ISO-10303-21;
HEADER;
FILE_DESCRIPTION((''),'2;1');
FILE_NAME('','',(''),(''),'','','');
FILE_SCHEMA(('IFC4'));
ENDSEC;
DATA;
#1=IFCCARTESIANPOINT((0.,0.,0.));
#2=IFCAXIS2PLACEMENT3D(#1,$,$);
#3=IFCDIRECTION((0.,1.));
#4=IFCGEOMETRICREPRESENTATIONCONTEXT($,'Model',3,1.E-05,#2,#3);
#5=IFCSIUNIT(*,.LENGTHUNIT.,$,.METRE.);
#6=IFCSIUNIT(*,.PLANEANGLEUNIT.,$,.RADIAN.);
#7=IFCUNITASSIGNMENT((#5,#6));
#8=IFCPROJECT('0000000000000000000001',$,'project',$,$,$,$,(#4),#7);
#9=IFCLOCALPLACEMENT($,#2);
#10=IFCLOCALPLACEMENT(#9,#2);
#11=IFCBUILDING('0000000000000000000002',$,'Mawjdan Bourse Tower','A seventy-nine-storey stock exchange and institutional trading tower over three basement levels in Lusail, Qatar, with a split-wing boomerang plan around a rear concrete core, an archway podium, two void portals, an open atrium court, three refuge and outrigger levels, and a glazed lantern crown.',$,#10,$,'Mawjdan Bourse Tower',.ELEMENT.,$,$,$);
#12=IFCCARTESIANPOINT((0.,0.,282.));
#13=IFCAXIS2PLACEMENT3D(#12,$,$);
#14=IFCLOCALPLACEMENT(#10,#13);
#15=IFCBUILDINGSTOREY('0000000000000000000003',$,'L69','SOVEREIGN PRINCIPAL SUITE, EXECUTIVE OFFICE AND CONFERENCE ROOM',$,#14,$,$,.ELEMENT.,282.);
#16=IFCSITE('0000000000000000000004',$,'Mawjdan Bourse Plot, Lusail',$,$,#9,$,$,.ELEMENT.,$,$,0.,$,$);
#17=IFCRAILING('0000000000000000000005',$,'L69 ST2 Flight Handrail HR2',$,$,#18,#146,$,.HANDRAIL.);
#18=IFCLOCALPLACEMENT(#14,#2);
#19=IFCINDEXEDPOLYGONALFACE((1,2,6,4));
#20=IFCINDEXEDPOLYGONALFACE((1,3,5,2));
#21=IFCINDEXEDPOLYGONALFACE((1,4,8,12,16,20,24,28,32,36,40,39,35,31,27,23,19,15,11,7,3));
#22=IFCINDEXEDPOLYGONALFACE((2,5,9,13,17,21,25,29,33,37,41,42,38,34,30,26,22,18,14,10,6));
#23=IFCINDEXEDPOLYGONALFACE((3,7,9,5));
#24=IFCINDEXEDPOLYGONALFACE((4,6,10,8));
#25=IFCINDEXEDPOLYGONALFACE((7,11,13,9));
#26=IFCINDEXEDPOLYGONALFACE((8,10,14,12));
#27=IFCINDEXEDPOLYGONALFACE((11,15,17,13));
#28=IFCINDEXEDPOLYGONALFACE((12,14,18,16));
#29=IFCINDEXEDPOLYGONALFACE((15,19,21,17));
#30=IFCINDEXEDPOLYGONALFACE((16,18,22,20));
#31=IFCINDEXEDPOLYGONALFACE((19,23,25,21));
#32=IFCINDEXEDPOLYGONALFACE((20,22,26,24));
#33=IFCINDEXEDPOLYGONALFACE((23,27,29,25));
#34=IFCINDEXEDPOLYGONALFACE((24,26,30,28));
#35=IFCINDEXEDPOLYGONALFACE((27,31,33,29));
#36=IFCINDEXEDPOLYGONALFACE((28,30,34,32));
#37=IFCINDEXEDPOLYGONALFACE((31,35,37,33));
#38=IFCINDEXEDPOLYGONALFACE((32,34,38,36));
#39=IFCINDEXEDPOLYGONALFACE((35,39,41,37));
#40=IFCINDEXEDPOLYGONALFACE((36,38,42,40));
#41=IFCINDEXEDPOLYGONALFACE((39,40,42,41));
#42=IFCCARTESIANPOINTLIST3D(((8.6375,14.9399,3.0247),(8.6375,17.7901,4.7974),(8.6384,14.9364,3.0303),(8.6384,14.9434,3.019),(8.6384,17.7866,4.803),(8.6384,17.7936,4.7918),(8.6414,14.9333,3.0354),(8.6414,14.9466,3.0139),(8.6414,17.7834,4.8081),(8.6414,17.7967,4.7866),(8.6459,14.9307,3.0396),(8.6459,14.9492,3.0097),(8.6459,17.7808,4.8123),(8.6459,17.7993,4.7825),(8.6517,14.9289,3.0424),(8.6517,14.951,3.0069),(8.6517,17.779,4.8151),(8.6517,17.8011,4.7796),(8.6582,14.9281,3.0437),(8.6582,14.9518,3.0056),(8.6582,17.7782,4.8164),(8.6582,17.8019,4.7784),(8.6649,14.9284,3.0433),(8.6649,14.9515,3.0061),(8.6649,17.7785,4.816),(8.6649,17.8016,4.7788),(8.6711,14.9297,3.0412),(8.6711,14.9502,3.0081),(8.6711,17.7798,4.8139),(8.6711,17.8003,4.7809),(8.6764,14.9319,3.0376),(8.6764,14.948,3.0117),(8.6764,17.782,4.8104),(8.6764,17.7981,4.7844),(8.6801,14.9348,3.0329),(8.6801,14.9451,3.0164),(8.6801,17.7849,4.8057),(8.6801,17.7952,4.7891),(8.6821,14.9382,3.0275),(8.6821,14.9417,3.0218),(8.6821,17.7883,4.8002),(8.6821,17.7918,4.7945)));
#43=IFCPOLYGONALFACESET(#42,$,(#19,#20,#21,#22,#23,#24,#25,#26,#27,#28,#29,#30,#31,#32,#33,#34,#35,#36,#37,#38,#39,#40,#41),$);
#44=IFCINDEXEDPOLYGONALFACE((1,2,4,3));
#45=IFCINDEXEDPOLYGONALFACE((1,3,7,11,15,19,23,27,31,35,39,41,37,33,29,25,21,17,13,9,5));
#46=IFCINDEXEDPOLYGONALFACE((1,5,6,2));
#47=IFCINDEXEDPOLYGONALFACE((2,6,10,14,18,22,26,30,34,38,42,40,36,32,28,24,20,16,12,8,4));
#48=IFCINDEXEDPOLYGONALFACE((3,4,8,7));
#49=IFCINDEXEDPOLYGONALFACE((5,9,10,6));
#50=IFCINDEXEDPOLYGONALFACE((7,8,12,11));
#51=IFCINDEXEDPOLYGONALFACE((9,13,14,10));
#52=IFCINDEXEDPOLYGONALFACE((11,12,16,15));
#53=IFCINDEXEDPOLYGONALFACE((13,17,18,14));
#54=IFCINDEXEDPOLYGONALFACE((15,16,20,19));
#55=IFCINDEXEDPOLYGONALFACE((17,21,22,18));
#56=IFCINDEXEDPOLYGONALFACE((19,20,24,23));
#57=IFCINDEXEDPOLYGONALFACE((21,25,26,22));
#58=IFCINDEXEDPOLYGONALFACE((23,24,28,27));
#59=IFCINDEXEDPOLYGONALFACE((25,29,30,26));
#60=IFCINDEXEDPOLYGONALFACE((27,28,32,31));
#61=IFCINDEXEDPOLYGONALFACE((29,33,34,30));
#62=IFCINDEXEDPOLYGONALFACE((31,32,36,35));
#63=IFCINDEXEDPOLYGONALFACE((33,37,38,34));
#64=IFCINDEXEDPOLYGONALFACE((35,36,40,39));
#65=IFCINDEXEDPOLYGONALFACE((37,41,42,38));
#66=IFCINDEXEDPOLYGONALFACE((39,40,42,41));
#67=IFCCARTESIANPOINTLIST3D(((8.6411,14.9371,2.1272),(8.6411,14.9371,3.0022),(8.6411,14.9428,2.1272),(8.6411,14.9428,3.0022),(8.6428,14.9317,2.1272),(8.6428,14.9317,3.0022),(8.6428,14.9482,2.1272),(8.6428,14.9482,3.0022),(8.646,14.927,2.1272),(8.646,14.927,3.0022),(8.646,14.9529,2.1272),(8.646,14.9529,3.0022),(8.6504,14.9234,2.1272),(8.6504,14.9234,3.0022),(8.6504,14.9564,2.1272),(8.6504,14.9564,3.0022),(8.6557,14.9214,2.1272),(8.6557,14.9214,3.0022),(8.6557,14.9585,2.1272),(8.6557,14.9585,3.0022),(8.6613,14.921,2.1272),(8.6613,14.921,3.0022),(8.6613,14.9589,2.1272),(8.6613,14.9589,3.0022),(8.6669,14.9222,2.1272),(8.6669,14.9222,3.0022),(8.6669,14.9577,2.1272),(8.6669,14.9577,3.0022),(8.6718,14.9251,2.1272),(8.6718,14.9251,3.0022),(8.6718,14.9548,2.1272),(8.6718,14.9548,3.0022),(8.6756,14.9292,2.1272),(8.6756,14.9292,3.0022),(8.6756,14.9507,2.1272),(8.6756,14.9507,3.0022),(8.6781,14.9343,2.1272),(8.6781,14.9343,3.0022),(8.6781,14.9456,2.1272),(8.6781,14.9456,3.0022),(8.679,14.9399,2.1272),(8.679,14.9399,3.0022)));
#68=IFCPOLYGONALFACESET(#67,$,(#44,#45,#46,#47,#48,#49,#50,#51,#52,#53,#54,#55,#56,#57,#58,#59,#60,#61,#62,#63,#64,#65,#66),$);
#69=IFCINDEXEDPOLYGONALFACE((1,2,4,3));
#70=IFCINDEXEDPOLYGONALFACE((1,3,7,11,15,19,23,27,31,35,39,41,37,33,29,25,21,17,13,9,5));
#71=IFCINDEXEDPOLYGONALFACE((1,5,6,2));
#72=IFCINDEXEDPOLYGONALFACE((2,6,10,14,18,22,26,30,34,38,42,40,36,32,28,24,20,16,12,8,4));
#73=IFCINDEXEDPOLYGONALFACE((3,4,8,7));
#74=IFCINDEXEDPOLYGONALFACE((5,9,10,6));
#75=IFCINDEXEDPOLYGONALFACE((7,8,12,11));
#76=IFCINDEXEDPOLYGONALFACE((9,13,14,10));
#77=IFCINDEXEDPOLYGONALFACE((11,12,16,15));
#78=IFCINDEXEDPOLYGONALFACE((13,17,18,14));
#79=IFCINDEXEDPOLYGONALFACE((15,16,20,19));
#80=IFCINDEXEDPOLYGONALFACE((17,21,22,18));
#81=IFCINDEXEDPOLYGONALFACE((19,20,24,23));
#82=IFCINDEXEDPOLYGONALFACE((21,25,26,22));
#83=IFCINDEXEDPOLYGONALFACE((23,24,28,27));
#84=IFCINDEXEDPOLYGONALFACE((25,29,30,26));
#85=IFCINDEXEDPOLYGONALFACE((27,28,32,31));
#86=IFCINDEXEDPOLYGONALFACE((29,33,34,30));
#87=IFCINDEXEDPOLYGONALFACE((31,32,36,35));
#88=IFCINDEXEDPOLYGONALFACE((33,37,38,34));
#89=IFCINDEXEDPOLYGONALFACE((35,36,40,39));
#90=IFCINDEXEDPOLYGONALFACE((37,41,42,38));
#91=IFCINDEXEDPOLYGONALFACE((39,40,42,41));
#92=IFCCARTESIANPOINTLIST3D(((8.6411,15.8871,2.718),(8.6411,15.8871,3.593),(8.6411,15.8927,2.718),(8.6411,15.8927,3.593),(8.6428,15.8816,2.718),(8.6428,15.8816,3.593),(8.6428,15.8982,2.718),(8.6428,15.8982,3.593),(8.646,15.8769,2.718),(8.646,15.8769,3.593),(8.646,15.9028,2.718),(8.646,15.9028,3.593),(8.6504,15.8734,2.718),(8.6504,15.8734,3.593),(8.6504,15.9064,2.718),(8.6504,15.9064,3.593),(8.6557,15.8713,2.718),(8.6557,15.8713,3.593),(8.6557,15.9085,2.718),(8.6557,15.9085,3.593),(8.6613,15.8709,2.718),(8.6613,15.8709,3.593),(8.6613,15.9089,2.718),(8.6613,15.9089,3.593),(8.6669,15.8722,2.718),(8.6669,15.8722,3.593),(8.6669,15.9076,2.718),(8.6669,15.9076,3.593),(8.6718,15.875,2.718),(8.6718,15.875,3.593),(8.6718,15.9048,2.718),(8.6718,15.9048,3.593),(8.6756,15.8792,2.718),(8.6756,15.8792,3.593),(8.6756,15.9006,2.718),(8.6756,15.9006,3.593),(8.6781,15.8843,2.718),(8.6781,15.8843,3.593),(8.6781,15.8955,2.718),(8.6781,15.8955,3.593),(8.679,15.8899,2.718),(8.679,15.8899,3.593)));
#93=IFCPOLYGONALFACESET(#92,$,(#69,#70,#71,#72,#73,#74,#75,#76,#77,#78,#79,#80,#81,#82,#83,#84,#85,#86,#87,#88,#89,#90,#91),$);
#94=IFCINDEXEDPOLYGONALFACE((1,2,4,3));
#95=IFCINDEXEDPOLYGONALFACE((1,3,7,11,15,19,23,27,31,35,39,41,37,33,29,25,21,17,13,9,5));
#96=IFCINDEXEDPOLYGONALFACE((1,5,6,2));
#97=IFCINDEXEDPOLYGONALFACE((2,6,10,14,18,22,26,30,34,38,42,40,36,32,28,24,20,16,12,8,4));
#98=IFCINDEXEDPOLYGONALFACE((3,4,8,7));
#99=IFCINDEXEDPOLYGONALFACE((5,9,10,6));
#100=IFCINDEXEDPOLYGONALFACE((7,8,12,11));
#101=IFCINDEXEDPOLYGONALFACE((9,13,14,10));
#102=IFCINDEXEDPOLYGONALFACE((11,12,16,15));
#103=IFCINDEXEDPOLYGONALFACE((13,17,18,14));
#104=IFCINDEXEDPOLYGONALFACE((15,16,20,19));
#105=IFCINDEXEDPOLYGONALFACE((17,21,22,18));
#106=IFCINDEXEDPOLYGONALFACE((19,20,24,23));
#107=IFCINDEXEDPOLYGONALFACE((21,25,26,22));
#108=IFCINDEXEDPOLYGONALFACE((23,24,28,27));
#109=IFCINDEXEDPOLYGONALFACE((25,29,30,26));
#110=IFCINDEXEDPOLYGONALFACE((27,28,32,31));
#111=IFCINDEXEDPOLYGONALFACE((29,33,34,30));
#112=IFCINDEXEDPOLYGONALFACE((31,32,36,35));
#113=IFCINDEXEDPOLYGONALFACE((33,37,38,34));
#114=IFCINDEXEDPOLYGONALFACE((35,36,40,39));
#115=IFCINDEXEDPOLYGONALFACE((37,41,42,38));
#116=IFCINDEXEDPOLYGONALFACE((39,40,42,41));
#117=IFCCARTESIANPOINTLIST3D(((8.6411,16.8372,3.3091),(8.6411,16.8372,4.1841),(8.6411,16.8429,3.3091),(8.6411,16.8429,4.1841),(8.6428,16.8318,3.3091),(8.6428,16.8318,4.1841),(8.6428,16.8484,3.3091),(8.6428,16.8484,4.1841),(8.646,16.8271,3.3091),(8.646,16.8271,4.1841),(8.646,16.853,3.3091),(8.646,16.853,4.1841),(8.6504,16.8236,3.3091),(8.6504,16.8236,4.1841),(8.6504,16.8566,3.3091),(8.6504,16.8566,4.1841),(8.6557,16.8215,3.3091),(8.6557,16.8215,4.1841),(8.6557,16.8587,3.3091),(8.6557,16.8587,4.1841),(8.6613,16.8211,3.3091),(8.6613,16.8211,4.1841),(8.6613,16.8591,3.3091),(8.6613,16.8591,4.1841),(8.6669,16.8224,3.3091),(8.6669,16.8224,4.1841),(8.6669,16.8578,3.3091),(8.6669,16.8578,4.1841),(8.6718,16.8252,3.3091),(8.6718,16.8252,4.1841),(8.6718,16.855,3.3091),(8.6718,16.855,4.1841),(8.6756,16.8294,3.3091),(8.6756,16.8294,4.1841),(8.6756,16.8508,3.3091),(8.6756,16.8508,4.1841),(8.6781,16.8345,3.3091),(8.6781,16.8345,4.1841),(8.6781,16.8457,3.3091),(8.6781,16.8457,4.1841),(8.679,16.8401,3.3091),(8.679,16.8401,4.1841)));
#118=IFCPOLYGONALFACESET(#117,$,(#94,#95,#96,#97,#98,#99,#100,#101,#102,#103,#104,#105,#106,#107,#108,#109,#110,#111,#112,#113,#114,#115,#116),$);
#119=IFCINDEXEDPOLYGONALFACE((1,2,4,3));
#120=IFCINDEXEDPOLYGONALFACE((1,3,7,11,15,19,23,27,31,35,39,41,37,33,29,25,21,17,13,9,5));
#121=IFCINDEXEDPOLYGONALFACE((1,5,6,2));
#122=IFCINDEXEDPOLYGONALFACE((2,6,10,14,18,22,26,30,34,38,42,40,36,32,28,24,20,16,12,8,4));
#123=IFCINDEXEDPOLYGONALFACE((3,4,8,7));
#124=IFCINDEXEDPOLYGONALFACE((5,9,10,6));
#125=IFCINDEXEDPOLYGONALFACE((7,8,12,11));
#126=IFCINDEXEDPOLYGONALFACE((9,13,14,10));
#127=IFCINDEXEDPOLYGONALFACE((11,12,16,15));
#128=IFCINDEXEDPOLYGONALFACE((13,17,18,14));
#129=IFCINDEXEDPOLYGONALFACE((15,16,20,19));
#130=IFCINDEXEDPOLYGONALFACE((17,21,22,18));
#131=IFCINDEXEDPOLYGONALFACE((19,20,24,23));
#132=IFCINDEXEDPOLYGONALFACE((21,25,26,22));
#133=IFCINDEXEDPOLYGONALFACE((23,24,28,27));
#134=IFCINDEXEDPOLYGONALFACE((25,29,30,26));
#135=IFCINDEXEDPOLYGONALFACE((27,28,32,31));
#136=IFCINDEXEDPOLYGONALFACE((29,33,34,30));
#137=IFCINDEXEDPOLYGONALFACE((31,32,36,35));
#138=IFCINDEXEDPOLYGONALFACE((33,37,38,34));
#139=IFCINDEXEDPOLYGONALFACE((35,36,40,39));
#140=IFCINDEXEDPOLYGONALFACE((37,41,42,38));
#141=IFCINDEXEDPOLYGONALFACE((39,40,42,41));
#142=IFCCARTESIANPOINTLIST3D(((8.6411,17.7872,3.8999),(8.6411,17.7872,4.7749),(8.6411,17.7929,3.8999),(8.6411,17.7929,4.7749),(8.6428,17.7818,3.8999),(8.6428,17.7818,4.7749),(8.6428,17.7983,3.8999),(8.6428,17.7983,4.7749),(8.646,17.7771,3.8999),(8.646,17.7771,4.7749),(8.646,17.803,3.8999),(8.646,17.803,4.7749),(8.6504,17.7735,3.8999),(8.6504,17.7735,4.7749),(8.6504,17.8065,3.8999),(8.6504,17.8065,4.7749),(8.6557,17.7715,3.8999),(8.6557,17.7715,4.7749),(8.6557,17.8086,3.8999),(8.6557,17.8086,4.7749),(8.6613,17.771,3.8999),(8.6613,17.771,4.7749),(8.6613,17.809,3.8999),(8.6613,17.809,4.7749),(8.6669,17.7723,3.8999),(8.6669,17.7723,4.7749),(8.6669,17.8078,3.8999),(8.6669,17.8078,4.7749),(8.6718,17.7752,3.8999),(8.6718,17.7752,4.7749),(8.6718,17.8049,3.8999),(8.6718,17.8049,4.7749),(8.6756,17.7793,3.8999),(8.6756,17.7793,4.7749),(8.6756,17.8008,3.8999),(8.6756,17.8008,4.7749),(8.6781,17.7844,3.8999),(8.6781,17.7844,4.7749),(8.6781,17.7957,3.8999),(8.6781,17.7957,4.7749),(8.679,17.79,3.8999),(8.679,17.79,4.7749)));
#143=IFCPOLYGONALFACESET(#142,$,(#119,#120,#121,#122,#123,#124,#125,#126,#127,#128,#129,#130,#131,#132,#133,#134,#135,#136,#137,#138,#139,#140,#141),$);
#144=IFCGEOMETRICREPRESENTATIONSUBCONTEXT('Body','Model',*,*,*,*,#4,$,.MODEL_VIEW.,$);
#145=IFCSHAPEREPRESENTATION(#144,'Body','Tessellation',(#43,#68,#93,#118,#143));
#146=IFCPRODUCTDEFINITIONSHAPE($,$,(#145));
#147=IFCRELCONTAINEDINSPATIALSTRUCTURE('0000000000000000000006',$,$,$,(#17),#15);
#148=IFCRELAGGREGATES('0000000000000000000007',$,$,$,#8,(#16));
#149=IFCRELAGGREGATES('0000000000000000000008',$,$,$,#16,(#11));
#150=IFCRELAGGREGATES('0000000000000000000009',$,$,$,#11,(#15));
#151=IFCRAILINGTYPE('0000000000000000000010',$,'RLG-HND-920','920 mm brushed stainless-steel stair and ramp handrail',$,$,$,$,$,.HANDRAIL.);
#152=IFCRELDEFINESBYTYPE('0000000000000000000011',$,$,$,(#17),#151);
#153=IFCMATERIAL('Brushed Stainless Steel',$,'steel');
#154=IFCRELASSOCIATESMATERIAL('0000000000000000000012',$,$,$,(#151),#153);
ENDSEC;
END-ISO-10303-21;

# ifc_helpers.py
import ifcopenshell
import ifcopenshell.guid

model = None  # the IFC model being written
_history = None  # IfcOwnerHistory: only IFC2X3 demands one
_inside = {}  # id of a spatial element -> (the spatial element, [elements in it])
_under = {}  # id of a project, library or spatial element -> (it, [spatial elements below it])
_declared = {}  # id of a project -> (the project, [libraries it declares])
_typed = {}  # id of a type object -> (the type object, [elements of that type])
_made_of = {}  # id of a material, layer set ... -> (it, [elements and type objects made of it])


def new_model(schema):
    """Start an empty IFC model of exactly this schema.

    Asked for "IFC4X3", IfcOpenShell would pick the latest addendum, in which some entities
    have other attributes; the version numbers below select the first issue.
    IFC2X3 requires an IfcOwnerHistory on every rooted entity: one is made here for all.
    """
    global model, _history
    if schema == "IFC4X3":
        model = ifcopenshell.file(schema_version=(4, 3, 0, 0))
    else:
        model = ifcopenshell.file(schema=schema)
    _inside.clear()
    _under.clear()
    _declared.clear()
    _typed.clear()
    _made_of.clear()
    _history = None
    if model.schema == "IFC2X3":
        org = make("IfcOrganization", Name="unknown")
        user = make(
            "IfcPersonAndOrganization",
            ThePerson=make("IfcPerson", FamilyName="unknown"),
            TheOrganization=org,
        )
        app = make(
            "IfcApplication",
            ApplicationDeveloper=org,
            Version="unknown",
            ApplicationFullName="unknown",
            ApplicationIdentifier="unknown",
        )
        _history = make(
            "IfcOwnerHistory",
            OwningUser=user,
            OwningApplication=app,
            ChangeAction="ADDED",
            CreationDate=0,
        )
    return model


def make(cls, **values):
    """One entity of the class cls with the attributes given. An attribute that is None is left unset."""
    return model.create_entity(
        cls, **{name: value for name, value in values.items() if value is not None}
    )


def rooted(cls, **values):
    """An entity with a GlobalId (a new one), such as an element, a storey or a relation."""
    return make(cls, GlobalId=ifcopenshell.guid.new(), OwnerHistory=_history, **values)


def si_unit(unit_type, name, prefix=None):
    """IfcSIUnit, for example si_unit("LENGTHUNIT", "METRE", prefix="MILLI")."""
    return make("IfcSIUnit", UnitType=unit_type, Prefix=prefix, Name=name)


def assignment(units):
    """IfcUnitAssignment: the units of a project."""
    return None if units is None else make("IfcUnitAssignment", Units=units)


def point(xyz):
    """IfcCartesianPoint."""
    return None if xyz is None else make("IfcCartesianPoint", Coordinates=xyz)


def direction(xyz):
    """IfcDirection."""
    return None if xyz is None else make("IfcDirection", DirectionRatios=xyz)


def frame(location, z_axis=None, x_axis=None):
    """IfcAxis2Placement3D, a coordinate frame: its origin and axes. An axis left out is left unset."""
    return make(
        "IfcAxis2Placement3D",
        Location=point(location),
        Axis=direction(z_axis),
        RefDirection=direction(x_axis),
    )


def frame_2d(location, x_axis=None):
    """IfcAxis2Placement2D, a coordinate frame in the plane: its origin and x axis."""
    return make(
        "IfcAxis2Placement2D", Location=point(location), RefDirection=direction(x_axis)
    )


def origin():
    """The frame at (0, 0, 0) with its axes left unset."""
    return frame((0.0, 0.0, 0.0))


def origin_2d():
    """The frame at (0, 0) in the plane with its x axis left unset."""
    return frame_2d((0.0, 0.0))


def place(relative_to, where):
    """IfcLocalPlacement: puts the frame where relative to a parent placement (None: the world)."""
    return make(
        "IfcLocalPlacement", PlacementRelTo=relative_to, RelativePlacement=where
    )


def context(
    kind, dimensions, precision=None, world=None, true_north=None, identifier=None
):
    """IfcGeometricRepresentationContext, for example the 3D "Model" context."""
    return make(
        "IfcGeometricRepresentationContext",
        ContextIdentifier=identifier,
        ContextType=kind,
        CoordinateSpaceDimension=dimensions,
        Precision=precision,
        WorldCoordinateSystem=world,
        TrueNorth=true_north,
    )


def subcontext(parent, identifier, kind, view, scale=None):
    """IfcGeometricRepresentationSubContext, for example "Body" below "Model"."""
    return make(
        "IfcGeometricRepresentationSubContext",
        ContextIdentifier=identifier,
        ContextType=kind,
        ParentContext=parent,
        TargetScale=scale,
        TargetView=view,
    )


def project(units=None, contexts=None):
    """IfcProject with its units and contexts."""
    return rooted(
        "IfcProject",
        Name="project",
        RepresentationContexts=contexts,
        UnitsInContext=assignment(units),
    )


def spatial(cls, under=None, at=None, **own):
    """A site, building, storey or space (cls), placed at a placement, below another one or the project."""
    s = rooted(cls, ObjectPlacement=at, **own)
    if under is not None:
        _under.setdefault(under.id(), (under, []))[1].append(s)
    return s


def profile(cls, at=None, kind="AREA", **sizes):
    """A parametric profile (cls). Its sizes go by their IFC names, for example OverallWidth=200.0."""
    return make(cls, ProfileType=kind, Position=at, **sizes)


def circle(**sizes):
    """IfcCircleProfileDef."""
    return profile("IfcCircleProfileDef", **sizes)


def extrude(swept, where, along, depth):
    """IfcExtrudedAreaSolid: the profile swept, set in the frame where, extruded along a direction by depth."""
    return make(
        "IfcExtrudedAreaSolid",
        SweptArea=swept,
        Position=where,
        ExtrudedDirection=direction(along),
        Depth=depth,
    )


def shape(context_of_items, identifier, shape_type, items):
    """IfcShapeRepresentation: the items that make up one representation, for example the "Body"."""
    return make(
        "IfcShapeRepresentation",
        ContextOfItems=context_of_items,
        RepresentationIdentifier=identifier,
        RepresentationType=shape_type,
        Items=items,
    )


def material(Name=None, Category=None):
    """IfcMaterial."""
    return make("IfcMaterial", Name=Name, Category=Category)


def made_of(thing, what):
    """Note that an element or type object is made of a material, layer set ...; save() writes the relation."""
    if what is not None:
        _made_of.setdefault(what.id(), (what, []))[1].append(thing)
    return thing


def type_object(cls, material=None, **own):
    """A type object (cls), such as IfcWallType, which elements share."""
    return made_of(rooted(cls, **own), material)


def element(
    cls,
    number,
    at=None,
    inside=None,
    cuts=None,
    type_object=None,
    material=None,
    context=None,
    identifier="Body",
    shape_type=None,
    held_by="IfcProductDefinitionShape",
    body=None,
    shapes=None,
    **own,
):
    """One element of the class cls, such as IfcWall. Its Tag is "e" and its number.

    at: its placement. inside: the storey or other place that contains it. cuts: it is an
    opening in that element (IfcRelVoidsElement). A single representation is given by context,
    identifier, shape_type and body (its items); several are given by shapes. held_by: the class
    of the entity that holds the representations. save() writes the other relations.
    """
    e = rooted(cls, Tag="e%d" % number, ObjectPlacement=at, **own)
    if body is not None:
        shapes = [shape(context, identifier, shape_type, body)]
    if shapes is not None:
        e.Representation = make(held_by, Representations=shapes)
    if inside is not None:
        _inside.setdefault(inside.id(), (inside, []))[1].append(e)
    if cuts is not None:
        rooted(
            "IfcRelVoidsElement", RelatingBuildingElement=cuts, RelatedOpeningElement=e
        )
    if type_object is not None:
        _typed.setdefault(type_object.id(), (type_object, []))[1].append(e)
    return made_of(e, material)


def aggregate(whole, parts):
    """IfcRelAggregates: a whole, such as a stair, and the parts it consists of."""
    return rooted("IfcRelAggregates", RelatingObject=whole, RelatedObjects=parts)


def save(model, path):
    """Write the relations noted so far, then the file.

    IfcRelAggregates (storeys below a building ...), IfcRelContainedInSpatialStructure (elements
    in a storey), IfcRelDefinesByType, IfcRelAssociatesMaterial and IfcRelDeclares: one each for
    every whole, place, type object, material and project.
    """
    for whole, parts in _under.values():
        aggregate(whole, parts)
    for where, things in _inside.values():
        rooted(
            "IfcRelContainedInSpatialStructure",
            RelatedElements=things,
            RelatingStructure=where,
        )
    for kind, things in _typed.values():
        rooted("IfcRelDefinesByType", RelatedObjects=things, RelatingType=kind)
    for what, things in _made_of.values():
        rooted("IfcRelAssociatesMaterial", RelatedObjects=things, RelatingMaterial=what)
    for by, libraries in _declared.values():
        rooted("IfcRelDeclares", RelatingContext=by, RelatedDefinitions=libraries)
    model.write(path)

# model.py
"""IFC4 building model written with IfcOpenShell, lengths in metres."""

from ifc_helpers import new_model, si_unit, direction, frame, origin, origin_2d, place, context, subcontext, project, spatial, circle, extrude, material, type_object, element, save


model = new_model("IFC4")

# Units and contexts
model_context = context("Model", 3, precision=1e-05, world=origin(), true_north=direction((0.0, 1.0)))
body_context = subcontext(model_context, "Body", "Model", "MODEL_VIEW")
ifc_project = project(units=[si_unit("LENGTHUNIT", "METRE"), si_unit("PLANEANGLEUNIT", "RADIAN")], contexts=[model_context])

# Site, building, storey
site_placement = place(None, origin())
site = spatial("IfcSite", under=ifc_project, at=site_placement, Name="Mawjdan Bourse Plot, Lusail", CompositionType="ELEMENT", RefElevation=0.0)
building_placement = place(site_placement, origin())
building = spatial("IfcBuilding", under=site, at=building_placement, Name="Mawjdan Bourse Tower", Description="A seventy-nine-storey stock exchange and institutional trading tower over three basement levels in Lusail, Qatar, with a split-wing boomerang plan around a rear concrete core, an archway podium, two void portals, an open atrium court, three refuge and outrigger levels, and a glazed lantern crown.", LongName="Mawjdan Bourse Tower", CompositionType="ELEMENT")
storey_placement = place(building_placement, frame((0.0, 0.0, 282.0)))
storey = spatial("IfcBuildingStorey", under=building, at=storey_placement, Name="L69", Description="SOVEREIGN PRINCIPAL SUITE, EXECUTIVE OFFICE AND CONFERENCE ROOM", CompositionType="ELEMENT", Elevation=282.0)

# Railing
ifc_material_1 = material(Name="Brushed Stainless Steel", Category="steel")
railing_type_1 = type_object("IfcRailingType", Name="RLG-HND-920", Description="920 mm brushed stainless-steel stair and ramp handrail", PredefinedType="HANDRAIL", material=ifc_material_1)
railing_placement = place(storey_placement, frame((8.6599, 14.9399, 2.1272)))
element("IfcRailing", 1, at=railing_placement, inside=storey, type_object=railing_type_1, Name="L69 ST2 Flight Handrail HR2", PredefinedType="HANDRAIL", context=body_context, shape_type="SweptSolid", body=[
    extrude(circle(Radius=0.0225, at=origin_2d()), frame((0.0, 0.0, 0.8975), z_axis=(0.0, 0.849149, 0.528154), x_axis=(-1.0, 0.0, 0.0)), (0.0, 0.0, 1.0), 3.3564),
    extrude(circle(Radius=0.019, at=origin_2d()), origin(), (0.0, 0.0, 1.0), 0.875),
    extrude(circle(Radius=0.019, at=origin_2d()), frame((0.0, 0.95, 0.5908)), (0.0, 0.0, 1.0), 0.875),
    extrude(circle(Radius=0.019, at=origin_2d()), frame((0.0, 1.9001, 1.1819)), (0.0, 0.0, 1.0), 0.875),
    extrude(circle(Radius=0.019, at=origin_2d()), frame((0.0, 2.8501, 1.7727)), (0.0, 0.0, 1.0), 0.875),
])

save(model, "model.ifc")
